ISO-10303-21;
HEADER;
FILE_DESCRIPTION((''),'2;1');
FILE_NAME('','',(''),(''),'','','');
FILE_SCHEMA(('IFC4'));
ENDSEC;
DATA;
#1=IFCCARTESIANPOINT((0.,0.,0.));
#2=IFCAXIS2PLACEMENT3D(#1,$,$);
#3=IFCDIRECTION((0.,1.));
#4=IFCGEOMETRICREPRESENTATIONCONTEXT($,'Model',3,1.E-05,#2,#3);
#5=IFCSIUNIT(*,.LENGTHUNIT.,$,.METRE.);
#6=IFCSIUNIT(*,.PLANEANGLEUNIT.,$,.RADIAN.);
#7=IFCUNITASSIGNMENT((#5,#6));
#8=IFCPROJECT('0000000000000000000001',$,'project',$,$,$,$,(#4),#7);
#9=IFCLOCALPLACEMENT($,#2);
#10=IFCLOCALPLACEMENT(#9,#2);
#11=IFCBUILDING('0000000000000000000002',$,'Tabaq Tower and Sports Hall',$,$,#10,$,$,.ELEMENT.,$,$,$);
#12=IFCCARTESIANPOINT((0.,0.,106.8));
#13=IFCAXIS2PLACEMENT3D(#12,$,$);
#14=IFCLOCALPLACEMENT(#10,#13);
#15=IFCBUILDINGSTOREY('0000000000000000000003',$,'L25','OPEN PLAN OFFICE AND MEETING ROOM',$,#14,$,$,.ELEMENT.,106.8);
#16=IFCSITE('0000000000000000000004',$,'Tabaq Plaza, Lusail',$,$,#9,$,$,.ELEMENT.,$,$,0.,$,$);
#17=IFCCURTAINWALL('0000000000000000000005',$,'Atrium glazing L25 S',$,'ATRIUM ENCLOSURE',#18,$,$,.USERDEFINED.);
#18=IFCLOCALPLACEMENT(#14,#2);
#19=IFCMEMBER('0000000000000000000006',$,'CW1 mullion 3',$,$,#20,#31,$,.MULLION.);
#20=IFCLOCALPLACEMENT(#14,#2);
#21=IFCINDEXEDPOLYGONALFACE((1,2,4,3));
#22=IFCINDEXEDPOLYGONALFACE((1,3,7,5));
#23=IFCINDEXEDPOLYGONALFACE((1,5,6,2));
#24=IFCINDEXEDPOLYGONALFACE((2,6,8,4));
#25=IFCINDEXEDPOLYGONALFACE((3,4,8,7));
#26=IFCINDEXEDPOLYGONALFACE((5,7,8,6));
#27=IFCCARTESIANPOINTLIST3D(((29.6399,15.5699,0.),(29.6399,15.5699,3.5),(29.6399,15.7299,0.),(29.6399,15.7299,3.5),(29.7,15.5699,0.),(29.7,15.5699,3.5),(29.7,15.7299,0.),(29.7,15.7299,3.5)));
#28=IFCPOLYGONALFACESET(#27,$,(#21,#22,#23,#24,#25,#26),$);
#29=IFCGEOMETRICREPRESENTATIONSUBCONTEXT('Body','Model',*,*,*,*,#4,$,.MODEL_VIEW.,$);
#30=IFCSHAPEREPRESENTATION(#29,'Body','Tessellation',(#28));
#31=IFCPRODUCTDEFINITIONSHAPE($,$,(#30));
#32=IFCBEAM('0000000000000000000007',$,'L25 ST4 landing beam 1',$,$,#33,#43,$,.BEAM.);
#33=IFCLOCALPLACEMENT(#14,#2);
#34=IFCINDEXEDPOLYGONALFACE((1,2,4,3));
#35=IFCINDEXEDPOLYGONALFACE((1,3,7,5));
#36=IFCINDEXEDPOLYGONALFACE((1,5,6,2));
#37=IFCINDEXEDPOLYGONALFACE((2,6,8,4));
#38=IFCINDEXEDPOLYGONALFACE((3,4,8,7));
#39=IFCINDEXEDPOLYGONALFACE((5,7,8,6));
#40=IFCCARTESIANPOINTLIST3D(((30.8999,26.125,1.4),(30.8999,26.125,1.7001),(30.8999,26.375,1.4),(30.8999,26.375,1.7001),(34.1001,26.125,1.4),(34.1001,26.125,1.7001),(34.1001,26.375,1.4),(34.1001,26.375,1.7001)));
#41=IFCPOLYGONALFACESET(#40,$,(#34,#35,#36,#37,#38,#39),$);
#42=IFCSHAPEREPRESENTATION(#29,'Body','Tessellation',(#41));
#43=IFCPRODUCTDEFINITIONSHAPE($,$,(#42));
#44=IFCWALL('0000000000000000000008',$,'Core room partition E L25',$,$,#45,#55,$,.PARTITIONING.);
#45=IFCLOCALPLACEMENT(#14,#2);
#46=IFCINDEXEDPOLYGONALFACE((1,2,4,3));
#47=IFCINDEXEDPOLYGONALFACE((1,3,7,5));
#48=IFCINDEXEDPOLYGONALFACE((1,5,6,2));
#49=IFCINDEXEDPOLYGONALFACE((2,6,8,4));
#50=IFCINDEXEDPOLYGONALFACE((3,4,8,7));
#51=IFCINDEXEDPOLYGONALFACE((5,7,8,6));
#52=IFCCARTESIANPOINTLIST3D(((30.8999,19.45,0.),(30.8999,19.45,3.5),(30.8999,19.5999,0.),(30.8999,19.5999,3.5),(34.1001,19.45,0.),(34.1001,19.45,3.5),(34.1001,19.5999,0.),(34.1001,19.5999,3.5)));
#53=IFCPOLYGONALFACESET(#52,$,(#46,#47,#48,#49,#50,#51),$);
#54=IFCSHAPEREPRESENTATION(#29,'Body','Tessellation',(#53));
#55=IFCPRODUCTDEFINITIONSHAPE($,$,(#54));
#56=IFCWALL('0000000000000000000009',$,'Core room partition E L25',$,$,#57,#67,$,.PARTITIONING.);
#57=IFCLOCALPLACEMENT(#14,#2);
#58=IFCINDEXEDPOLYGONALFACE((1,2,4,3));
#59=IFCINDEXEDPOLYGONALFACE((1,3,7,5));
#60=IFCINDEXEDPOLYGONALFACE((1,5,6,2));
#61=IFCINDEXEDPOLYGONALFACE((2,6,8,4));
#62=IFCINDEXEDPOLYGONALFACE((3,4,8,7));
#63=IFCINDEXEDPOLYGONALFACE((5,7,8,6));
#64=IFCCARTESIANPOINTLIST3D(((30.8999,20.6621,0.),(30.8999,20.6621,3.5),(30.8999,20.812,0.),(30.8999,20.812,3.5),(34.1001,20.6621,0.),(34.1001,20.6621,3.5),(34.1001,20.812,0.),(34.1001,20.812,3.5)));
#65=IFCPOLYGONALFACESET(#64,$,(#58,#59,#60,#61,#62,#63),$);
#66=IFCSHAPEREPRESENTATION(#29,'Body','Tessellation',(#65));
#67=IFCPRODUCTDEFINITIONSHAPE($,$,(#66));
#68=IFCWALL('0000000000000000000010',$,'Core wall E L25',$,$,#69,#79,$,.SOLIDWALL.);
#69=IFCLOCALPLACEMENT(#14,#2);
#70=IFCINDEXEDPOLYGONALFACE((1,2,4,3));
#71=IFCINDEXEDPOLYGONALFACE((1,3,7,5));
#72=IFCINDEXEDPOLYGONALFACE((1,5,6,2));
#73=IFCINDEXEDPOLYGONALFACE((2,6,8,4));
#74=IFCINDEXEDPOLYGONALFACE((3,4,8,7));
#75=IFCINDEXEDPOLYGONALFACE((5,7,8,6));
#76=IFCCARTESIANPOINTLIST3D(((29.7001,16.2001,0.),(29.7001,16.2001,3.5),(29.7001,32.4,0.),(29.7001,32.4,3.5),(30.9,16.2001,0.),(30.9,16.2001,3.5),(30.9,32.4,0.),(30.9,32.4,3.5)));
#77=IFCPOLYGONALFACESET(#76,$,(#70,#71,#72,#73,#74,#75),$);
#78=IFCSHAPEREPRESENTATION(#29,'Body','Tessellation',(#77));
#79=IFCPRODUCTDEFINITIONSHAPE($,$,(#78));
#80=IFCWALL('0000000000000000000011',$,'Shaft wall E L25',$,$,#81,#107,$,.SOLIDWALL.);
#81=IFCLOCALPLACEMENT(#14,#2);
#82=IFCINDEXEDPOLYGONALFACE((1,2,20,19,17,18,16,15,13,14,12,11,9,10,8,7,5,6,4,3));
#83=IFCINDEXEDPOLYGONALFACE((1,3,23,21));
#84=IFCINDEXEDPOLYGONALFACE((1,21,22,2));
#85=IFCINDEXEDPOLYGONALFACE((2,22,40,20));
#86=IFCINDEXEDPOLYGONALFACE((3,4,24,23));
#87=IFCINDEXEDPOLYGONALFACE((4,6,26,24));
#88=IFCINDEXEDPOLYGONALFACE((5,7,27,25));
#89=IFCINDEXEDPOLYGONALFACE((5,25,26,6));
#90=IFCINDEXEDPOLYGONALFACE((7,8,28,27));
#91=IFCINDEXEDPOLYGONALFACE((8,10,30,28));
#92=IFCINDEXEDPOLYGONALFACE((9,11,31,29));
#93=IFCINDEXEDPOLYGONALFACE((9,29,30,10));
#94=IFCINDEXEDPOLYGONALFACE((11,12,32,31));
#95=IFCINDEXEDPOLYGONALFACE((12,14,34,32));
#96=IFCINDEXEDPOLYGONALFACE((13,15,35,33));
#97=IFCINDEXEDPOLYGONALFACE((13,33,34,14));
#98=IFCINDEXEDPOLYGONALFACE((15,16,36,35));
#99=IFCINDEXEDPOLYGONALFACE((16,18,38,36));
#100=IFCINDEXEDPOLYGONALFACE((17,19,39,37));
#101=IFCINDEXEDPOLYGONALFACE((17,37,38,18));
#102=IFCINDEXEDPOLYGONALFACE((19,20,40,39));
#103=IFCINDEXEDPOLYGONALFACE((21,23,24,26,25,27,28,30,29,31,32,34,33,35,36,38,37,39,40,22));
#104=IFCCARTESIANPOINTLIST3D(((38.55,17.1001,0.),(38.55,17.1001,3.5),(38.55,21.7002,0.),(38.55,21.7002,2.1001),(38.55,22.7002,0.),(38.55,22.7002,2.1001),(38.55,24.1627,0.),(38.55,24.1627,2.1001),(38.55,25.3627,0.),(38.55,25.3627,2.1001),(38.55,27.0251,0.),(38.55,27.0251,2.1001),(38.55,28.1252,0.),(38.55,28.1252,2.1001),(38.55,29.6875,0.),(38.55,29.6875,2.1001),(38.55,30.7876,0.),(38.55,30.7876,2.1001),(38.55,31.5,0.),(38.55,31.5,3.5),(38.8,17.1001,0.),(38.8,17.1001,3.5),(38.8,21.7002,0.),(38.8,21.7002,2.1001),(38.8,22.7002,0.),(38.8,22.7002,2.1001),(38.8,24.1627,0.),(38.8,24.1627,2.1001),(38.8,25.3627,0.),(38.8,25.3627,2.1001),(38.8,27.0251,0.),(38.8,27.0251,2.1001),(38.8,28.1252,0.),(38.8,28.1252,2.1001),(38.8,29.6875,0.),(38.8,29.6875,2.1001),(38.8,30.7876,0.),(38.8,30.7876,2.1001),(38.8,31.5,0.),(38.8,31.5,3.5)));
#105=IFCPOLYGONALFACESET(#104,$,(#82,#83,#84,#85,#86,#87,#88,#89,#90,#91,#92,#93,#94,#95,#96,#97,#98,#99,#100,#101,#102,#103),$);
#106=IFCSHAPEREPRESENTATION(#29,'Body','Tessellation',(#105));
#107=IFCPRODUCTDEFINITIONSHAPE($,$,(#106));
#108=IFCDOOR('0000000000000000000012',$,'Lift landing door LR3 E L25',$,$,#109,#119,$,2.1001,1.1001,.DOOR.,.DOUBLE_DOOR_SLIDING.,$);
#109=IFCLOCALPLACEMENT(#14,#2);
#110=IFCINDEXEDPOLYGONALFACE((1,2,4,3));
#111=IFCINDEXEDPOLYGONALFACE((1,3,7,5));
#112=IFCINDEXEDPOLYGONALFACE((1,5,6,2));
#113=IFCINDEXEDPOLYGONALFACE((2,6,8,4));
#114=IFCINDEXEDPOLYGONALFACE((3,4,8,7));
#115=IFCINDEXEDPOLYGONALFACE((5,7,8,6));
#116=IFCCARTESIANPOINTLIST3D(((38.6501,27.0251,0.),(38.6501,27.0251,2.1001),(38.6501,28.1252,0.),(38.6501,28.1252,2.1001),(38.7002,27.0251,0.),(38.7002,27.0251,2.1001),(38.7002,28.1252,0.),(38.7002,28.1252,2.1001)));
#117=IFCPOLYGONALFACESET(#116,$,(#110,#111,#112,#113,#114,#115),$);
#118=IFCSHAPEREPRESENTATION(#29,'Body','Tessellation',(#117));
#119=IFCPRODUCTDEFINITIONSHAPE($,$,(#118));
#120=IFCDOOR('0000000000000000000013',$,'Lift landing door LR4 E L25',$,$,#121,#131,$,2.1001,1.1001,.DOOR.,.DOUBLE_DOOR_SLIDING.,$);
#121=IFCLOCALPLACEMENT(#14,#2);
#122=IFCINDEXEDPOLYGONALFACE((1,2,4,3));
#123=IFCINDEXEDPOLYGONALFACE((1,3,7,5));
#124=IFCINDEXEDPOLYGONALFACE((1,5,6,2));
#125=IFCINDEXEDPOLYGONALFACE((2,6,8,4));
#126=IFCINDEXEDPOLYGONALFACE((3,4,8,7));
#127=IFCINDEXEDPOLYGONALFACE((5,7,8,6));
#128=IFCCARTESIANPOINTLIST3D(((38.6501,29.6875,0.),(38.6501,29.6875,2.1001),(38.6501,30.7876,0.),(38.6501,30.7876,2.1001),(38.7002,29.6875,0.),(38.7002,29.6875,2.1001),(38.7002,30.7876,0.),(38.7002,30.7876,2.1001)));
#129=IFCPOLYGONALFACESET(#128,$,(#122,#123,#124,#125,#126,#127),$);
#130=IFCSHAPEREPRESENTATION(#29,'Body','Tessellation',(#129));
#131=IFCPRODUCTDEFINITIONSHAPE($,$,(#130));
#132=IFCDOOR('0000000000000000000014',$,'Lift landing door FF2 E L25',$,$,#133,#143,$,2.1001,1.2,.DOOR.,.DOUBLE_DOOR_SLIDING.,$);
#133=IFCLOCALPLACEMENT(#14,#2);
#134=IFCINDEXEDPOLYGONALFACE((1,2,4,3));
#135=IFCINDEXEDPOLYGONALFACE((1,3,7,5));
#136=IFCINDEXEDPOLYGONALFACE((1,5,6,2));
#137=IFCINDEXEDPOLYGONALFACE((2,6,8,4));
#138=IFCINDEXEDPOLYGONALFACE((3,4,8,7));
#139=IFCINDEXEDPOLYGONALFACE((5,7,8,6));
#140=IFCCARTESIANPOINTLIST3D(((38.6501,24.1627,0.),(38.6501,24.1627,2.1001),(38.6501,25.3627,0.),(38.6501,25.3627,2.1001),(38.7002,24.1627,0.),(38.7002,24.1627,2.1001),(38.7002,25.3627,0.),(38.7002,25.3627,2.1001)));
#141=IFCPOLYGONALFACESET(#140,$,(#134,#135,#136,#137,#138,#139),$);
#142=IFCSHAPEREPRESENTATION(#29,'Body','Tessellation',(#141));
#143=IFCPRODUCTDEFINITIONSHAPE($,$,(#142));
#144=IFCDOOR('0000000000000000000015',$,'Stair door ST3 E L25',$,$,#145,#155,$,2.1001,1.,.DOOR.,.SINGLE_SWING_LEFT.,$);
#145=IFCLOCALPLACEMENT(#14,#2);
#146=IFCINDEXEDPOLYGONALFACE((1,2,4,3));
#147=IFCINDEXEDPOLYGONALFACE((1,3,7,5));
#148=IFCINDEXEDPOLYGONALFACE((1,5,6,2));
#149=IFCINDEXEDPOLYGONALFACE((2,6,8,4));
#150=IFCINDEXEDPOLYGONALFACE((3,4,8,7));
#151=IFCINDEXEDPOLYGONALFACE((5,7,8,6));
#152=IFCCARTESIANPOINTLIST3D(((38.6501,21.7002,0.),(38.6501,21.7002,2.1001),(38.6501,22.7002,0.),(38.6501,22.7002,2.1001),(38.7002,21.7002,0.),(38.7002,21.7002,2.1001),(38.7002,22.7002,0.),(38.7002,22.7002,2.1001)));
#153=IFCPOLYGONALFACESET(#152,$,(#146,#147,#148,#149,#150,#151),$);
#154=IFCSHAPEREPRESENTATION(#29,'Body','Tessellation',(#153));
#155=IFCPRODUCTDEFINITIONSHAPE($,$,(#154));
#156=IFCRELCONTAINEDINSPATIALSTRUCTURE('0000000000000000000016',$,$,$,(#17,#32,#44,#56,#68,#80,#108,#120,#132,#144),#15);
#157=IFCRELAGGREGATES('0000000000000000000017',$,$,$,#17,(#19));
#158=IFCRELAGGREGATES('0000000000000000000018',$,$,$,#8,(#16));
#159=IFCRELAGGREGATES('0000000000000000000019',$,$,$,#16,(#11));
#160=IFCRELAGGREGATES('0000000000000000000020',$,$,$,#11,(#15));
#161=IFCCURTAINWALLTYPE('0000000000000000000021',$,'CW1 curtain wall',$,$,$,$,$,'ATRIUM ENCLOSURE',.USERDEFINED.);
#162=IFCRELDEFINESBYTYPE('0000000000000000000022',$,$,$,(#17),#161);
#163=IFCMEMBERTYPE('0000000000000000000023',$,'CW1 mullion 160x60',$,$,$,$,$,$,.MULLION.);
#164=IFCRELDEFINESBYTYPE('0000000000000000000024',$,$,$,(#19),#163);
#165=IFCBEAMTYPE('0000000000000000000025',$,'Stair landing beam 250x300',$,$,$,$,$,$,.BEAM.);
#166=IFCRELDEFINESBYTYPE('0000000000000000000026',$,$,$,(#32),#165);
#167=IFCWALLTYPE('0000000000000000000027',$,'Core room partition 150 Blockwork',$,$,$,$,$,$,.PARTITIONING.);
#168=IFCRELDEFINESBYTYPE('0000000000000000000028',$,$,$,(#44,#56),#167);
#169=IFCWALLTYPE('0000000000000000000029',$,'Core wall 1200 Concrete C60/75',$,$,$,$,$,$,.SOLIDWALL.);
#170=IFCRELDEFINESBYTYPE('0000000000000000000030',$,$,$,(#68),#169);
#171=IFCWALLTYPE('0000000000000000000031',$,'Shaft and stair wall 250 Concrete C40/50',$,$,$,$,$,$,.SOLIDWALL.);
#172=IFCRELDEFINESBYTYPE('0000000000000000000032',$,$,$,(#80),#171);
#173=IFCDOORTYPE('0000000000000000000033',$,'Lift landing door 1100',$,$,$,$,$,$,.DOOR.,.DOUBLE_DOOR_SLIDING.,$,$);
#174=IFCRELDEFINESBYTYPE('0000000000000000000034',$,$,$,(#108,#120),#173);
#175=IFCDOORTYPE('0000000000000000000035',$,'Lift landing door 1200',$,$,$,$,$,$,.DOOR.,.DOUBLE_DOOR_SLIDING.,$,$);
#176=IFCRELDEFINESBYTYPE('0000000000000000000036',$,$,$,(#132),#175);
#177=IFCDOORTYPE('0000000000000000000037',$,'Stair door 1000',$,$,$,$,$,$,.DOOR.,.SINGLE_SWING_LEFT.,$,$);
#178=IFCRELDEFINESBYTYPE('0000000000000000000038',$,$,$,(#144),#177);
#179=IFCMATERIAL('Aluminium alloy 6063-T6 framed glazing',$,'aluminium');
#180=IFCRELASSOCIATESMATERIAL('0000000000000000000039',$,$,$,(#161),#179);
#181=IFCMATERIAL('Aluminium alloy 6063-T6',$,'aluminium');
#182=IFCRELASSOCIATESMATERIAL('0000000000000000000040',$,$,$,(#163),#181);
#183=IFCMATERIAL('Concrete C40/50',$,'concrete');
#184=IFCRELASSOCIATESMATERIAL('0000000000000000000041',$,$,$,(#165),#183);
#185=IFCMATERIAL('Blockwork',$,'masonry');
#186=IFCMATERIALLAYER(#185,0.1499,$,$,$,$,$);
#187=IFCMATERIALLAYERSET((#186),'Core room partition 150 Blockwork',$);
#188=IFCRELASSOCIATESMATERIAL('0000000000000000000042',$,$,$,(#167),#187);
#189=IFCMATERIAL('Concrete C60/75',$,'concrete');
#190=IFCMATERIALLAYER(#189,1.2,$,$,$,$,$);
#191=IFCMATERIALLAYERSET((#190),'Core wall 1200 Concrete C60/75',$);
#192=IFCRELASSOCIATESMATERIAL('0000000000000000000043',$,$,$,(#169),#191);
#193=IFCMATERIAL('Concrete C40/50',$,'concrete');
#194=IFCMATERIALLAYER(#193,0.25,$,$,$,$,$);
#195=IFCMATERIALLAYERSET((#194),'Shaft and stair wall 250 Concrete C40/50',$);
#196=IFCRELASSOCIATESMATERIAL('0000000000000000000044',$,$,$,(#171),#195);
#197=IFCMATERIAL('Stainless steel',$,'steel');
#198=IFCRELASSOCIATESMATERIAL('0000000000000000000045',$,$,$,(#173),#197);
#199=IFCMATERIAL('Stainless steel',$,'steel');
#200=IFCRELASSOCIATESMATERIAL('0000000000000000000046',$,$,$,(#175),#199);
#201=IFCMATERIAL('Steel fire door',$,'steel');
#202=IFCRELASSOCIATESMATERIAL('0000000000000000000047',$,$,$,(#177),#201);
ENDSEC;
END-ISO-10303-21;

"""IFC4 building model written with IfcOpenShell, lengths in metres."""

from ifc_helpers import new_model, si_unit, direction, frame, frame_2d, origin, origin_2d, place, context, subcontext, project, spatial, rectangle, extrude, material, layer, layer_set, material_profile, profile_set, type_object, element, fill, aggregate, save


model = new_model("IFC4")

# Units and contexts
model_context = context("Model", 3, precision=1e-05, world=origin(), true_north=direction((0.0, 1.0)))
body_context = subcontext(model_context, "Body", "Model", "MODEL_VIEW")
ifc_project = project(units=[si_unit("LENGTHUNIT", "METRE"), si_unit("PLANEANGLEUNIT", "RADIAN")], contexts=[model_context])

# Site, building, storey
site_placement = place(None, origin())
site = spatial("IfcSite", under=ifc_project, at=site_placement, Name="Tabaq Plaza, Lusail", CompositionType="ELEMENT", RefElevation=0.0)
building_placement = place(site_placement, origin())
building = spatial("IfcBuilding", under=site, at=building_placement, Name="Tabaq Tower and Sports Hall", CompositionType="ELEMENT")
storey_placement = place(building_placement, frame((0.0, 0.0, 106.8)))
storey = spatial("IfcBuildingStorey", under=building, at=storey_placement, Name="L25", Description="OPEN PLAN OFFICE AND MEETING ROOM", CompositionType="ELEMENT", Elevation=106.8)

# Curtain wall, member
ifc_material_1 = material(Name="Aluminium alloy 6063-T6 framed glazing", Category="aluminium")
curtain_wall_type = type_object("IfcCurtainWallType", Name="CW1 curtain wall", ElementType="ATRIUM ENCLOSURE", PredefinedType="USERDEFINED", material=ifc_material_1)
curtain_wall_placement = place(storey_placement, origin())
curtain_wall = element("IfcCurtainWall", 1, at=curtain_wall_placement, inside=storey, type_object=curtain_wall_type, Name="Atrium glazing L25 S", ObjectType="ATRIUM ENCLOSURE", PredefinedType="USERDEFINED")
ifc_material_2 = material(Name="Aluminium alloy 6063-T6", Category="aluminium")
ifc_material_profile_1 = material_profile(ifc_material_2, rectangle(XDim=0.1599, YDim=0.0601, at=origin_2d()), Name="MULLION 160x60")
ifc_profile_set_1 = profile_set([ifc_material_profile_1], Name="Aluminium alloy 6063-T6")
member_type = type_object("IfcMemberType", Name="CW1 mullion 160x60", PredefinedType="MULLION", material=ifc_profile_set_1)
member_placement = place(storey_placement, frame((29.6699, 15.6499, 0.0), z_axis=(0.0, 0.0, 1.0), x_axis=(0.0, 1.0, 0.0)))
member = element("IfcMember", 2, at=member_placement, type_object=member_type, Name="CW1 mullion 3", PredefinedType="MULLION", context=body_context, shape_type="SweptSolid", body=[
    extrude(rectangle(XDim=0.1599, YDim=0.0601, at=origin_2d()), origin(), (0.0, 0.0, 1.0), 3.5),
])
aggregate(curtain_wall, [member])

# Beam
ifc_material_3 = material(Name="Concrete C40/50", Category="concrete")
ifc_material_profile_2 = material_profile(ifc_material_3, rectangle(XDim=0.25, YDim=0.3, at=origin_2d()), Name="RC 250x300")
ifc_profile_set_2 = profile_set([ifc_material_profile_2], Name="Concrete C40/50")
beam_type = type_object("IfcBeamType", Name="Stair landing beam 250x300", PredefinedType="BEAM", material=ifc_profile_set_2)
beam_placement = place(storey_placement, frame((30.8999, 26.25, 1.55), z_axis=(1.0, 0.0, 0.0), x_axis=(0.0, 1.0, 0.0)))
element("IfcBeam", 3, at=beam_placement, inside=storey, type_object=beam_type, Name="L25 ST4 landing beam 1", PredefinedType="BEAM", context=body_context, shape_type="SweptSolid", body=[
    extrude(rectangle(XDim=0.25, YDim=0.3, at=origin_2d()), origin(), (0.0, 0.0, 1.0), 3.2002),
])

# Walls
ifc_material_4 = material(Name="Blockwork", Category="masonry")
ifc_layer_1 = layer(ifc_material_4, 0.1499)
ifc_layer_set_1 = layer_set([ifc_layer_1], Name="Core room partition 150 Blockwork")
wall_type_1 = type_object("IfcWallType", Name="Core room partition 150 Blockwork", PredefinedType="PARTITIONING", material=ifc_layer_set_1)
for number, where, z_axis, x_axis, name in (
    (4, (30.8999, 19.5249, 0.0), (0.0, 0.0, 1.0), (1.0, 0.0, 0.0), "Core room partition E L25"),
    (5, (30.8999, 20.7371, 0.0), (0.0, 0.0, 1.0), (1.0, 0.0, 0.0), "Core room partition E L25"),
):
    element("IfcWall", number, at=place(storey_placement, frame(where, z_axis=z_axis, x_axis=x_axis)), inside=storey, type_object=wall_type_1, Name=name, PredefinedType="PARTITIONING", context=body_context, shape_type="SweptSolid", body=[
        extrude(rectangle(XDim=3.2002, YDim=0.1499, at=frame_2d((1.6001, 0.0))), origin(), (0.0, 0.0, 1.0), 3.5),
    ])
ifc_material_5 = material(Name="Concrete C60/75", Category="concrete")
ifc_layer_2 = layer(ifc_material_5, 1.2)
ifc_layer_set_2 = layer_set([ifc_layer_2], Name="Core wall 1200 Concrete C60/75")
wall_type_2 = type_object("IfcWallType", Name="Core wall 1200 Concrete C60/75", PredefinedType="SOLIDWALL", material=ifc_layer_set_2)
wall_1_placement = place(storey_placement, frame((30.3, 16.2, 0.0), z_axis=(0.0, 0.0, 1.0), x_axis=(0.0, 1.0, 0.0)))
element("IfcWall", 6, at=wall_1_placement, inside=storey, type_object=wall_type_2, Name="Core wall E L25", PredefinedType="SOLIDWALL", context=body_context, shape_type="SweptSolid", body=[
    extrude(rectangle(XDim=16.2, YDim=1.2, at=frame_2d((8.1001, 0.0))), origin(), (0.0, 0.0, 1.0), 3.5),
])

# Wall, openings, doors
ifc_material_6 = material(Name="Concrete C40/50", Category="concrete")
ifc_layer_3 = layer(ifc_material_6, 0.25)
ifc_layer_set_3 = layer_set([ifc_layer_3], Name="Shaft and stair wall 250 Concrete C40/50")
wall_type_3 = type_object("IfcWallType", Name="Shaft and stair wall 250 Concrete C40/50", PredefinedType="SOLIDWALL", material=ifc_layer_set_3)
wall_2_placement = place(storey_placement, frame((38.675, 17.1001, 0.0), z_axis=(0.0, 0.0, 1.0), x_axis=(0.0, 1.0, 0.0)))
wall_2 = element("IfcWall", 7, at=wall_2_placement, inside=storey, type_object=wall_type_3, Name="Shaft wall E L25", PredefinedType="SOLIDWALL", context=body_context, shape_type="SweptSolid", body=[
    extrude(rectangle(XDim=14.3999, YDim=0.25, at=frame_2d((7.2, 0.0))), origin(), (0.0, 0.0, 1.0), 3.5),
])
opening_1_placement = place(wall_2_placement, frame((4.6001, 0.0, 0.0)))
opening_1 = element("IfcOpeningElement", 8, at=opening_1_placement, cuts=wall_2, PredefinedType="OPENING", context=body_context, shape_type="SweptSolid", body=[
    extrude(rectangle(XDim=1.0, YDim=2.1001, at=frame_2d((0.5, 1.05))), frame((0.0, 0.125, 0.0), z_axis=(0.0, -1.0, 0.0), x_axis=(1.0, 0.0, 0.0)), (0.0, 0.0, 1.0), 0.25),
])
opening_2_placement = place(wall_2_placement, frame((7.0625, 0.0, 0.0)))
opening_2 = element("IfcOpeningElement", 9, at=opening_2_placement, cuts=wall_2, PredefinedType="OPENING", context=body_context, shape_type="SweptSolid", body=[
    extrude(rectangle(XDim=1.2, YDim=2.1001, at=frame_2d((0.6001, 1.05))), frame((0.0, 0.125, 0.0), z_axis=(0.0, -1.0, 0.0), x_axis=(1.0, 0.0, 0.0)), (0.0, 0.0, 1.0), 0.25),
])
opening_3_placement = place(wall_2_placement, frame((9.925, 0.0, 0.0)))
opening_3 = element("IfcOpeningElement", 10, at=opening_3_placement, cuts=wall_2, PredefinedType="OPENING", context=body_context, shape_type="SweptSolid", body=[
    extrude(rectangle(XDim=1.1001, YDim=2.1001, at=frame_2d((0.55, 1.05))), frame((0.0, 0.125, 0.0), z_axis=(0.0, -1.0, 0.0), x_axis=(1.0, 0.0, 0.0)), (0.0, 0.0, 1.0), 0.25),
])
opening_4_placement = place(wall_2_placement, frame((12.5874, 0.0, 0.0)))
opening_4 = element("IfcOpeningElement", 11, at=opening_4_placement, cuts=wall_2, PredefinedType="OPENING", context=body_context, shape_type="SweptSolid", body=[
    extrude(rectangle(XDim=1.1001, YDim=2.1001, at=frame_2d((0.55, 1.05))), frame((0.0, 0.125, 0.0), z_axis=(0.0, -1.0, 0.0), x_axis=(1.0, 0.0, 0.0)), (0.0, 0.0, 1.0), 0.25),
])
ifc_material_7 = material(Name="Stainless steel", Category="steel")
door_type_1 = type_object("IfcDoorType", Name="Lift landing door 1100", OperationType="DOUBLE_DOOR_SLIDING", PredefinedType="DOOR", material=ifc_material_7)
door_1_placement = place(opening_3_placement, origin())
door_1 = element("IfcDoor", 12, at=door_1_placement, inside=storey, type_object=door_type_1, Name="Lift landing door LR3 E L25", OperationType="DOUBLE_DOOR_SLIDING", OverallHeight=2.1001, OverallWidth=1.1001, PredefinedType="DOOR", context=body_context, shape_type="SweptSolid", body=[
    extrude(rectangle(XDim=1.1001, YDim=2.1001, at=frame_2d((0.55, 1.05))), frame((0.0, 0.0249, 0.0), z_axis=(0.0, -1.0, 0.0), x_axis=(1.0, 0.0, 0.0)), (0.0, 0.0, 1.0), 0.05),
])
fill(opening_3, door_1)
door_2_placement = place(opening_4_placement, origin())
door_2 = element("IfcDoor", 13, at=door_2_placement, inside=storey, type_object=door_type_1, Name="Lift landing door LR4 E L25", OperationType="DOUBLE_DOOR_SLIDING", OverallHeight=2.1001, OverallWidth=1.1001, PredefinedType="DOOR", context=body_context, shape_type="SweptSolid", body=[
    extrude(rectangle(XDim=1.1001, YDim=2.1001, at=frame_2d((0.55, 1.05))), frame((0.0, 0.0249, 0.0), z_axis=(0.0, -1.0, 0.0), x_axis=(1.0, 0.0, 0.0)), (0.0, 0.0, 1.0), 0.05),
])
fill(opening_4, door_2)
ifc_material_8 = material(Name="Stainless steel", Category="steel")
door_type_2 = type_object("IfcDoorType", Name="Lift landing door 1200", OperationType="DOUBLE_DOOR_SLIDING", PredefinedType="DOOR", material=ifc_material_8)
door_3_placement = place(opening_2_placement, origin())
door_3 = element("IfcDoor", 14, at=door_3_placement, inside=storey, type_object=door_type_2, Name="Lift landing door FF2 E L25", OperationType="DOUBLE_DOOR_SLIDING", OverallHeight=2.1001, OverallWidth=1.2, PredefinedType="DOOR", context=body_context, shape_type="SweptSolid", body=[
    extrude(rectangle(XDim=1.2, YDim=2.1001, at=frame_2d((0.6001, 1.05))), frame((0.0, 0.0249, 0.0), z_axis=(0.0, -1.0, 0.0), x_axis=(1.0, 0.0, 0.0)), (0.0, 0.0, 1.0), 0.05),
])
fill(opening_2, door_3)
ifc_material_9 = material(Name="Steel fire door", Category="steel")
door_type_3 = type_object("IfcDoorType", Name="Stair door 1000", OperationType="SINGLE_SWING_LEFT", PredefinedType="DOOR", material=ifc_material_9)
door_4_placement = place(opening_1_placement, origin())
door_4 = element("IfcDoor", 15, at=door_4_placement, inside=storey, type_object=door_type_3, Name="Stair door ST3 E L25", OperationType="SINGLE_SWING_LEFT", OverallHeight=2.1001, OverallWidth=1.0, PredefinedType="DOOR", context=body_context, shape_type="SweptSolid", body=[
    extrude(rectangle(XDim=1.0, YDim=2.1001, at=frame_2d((0.5, 1.05))), frame((0.0, 0.0249, 0.0), z_axis=(0.0, -1.0, 0.0), x_axis=(1.0, 0.0, 0.0)), (0.0, 0.0, 1.0), 0.05),
])
fill(opening_1, door_4)

save(model, "model.ifc")
